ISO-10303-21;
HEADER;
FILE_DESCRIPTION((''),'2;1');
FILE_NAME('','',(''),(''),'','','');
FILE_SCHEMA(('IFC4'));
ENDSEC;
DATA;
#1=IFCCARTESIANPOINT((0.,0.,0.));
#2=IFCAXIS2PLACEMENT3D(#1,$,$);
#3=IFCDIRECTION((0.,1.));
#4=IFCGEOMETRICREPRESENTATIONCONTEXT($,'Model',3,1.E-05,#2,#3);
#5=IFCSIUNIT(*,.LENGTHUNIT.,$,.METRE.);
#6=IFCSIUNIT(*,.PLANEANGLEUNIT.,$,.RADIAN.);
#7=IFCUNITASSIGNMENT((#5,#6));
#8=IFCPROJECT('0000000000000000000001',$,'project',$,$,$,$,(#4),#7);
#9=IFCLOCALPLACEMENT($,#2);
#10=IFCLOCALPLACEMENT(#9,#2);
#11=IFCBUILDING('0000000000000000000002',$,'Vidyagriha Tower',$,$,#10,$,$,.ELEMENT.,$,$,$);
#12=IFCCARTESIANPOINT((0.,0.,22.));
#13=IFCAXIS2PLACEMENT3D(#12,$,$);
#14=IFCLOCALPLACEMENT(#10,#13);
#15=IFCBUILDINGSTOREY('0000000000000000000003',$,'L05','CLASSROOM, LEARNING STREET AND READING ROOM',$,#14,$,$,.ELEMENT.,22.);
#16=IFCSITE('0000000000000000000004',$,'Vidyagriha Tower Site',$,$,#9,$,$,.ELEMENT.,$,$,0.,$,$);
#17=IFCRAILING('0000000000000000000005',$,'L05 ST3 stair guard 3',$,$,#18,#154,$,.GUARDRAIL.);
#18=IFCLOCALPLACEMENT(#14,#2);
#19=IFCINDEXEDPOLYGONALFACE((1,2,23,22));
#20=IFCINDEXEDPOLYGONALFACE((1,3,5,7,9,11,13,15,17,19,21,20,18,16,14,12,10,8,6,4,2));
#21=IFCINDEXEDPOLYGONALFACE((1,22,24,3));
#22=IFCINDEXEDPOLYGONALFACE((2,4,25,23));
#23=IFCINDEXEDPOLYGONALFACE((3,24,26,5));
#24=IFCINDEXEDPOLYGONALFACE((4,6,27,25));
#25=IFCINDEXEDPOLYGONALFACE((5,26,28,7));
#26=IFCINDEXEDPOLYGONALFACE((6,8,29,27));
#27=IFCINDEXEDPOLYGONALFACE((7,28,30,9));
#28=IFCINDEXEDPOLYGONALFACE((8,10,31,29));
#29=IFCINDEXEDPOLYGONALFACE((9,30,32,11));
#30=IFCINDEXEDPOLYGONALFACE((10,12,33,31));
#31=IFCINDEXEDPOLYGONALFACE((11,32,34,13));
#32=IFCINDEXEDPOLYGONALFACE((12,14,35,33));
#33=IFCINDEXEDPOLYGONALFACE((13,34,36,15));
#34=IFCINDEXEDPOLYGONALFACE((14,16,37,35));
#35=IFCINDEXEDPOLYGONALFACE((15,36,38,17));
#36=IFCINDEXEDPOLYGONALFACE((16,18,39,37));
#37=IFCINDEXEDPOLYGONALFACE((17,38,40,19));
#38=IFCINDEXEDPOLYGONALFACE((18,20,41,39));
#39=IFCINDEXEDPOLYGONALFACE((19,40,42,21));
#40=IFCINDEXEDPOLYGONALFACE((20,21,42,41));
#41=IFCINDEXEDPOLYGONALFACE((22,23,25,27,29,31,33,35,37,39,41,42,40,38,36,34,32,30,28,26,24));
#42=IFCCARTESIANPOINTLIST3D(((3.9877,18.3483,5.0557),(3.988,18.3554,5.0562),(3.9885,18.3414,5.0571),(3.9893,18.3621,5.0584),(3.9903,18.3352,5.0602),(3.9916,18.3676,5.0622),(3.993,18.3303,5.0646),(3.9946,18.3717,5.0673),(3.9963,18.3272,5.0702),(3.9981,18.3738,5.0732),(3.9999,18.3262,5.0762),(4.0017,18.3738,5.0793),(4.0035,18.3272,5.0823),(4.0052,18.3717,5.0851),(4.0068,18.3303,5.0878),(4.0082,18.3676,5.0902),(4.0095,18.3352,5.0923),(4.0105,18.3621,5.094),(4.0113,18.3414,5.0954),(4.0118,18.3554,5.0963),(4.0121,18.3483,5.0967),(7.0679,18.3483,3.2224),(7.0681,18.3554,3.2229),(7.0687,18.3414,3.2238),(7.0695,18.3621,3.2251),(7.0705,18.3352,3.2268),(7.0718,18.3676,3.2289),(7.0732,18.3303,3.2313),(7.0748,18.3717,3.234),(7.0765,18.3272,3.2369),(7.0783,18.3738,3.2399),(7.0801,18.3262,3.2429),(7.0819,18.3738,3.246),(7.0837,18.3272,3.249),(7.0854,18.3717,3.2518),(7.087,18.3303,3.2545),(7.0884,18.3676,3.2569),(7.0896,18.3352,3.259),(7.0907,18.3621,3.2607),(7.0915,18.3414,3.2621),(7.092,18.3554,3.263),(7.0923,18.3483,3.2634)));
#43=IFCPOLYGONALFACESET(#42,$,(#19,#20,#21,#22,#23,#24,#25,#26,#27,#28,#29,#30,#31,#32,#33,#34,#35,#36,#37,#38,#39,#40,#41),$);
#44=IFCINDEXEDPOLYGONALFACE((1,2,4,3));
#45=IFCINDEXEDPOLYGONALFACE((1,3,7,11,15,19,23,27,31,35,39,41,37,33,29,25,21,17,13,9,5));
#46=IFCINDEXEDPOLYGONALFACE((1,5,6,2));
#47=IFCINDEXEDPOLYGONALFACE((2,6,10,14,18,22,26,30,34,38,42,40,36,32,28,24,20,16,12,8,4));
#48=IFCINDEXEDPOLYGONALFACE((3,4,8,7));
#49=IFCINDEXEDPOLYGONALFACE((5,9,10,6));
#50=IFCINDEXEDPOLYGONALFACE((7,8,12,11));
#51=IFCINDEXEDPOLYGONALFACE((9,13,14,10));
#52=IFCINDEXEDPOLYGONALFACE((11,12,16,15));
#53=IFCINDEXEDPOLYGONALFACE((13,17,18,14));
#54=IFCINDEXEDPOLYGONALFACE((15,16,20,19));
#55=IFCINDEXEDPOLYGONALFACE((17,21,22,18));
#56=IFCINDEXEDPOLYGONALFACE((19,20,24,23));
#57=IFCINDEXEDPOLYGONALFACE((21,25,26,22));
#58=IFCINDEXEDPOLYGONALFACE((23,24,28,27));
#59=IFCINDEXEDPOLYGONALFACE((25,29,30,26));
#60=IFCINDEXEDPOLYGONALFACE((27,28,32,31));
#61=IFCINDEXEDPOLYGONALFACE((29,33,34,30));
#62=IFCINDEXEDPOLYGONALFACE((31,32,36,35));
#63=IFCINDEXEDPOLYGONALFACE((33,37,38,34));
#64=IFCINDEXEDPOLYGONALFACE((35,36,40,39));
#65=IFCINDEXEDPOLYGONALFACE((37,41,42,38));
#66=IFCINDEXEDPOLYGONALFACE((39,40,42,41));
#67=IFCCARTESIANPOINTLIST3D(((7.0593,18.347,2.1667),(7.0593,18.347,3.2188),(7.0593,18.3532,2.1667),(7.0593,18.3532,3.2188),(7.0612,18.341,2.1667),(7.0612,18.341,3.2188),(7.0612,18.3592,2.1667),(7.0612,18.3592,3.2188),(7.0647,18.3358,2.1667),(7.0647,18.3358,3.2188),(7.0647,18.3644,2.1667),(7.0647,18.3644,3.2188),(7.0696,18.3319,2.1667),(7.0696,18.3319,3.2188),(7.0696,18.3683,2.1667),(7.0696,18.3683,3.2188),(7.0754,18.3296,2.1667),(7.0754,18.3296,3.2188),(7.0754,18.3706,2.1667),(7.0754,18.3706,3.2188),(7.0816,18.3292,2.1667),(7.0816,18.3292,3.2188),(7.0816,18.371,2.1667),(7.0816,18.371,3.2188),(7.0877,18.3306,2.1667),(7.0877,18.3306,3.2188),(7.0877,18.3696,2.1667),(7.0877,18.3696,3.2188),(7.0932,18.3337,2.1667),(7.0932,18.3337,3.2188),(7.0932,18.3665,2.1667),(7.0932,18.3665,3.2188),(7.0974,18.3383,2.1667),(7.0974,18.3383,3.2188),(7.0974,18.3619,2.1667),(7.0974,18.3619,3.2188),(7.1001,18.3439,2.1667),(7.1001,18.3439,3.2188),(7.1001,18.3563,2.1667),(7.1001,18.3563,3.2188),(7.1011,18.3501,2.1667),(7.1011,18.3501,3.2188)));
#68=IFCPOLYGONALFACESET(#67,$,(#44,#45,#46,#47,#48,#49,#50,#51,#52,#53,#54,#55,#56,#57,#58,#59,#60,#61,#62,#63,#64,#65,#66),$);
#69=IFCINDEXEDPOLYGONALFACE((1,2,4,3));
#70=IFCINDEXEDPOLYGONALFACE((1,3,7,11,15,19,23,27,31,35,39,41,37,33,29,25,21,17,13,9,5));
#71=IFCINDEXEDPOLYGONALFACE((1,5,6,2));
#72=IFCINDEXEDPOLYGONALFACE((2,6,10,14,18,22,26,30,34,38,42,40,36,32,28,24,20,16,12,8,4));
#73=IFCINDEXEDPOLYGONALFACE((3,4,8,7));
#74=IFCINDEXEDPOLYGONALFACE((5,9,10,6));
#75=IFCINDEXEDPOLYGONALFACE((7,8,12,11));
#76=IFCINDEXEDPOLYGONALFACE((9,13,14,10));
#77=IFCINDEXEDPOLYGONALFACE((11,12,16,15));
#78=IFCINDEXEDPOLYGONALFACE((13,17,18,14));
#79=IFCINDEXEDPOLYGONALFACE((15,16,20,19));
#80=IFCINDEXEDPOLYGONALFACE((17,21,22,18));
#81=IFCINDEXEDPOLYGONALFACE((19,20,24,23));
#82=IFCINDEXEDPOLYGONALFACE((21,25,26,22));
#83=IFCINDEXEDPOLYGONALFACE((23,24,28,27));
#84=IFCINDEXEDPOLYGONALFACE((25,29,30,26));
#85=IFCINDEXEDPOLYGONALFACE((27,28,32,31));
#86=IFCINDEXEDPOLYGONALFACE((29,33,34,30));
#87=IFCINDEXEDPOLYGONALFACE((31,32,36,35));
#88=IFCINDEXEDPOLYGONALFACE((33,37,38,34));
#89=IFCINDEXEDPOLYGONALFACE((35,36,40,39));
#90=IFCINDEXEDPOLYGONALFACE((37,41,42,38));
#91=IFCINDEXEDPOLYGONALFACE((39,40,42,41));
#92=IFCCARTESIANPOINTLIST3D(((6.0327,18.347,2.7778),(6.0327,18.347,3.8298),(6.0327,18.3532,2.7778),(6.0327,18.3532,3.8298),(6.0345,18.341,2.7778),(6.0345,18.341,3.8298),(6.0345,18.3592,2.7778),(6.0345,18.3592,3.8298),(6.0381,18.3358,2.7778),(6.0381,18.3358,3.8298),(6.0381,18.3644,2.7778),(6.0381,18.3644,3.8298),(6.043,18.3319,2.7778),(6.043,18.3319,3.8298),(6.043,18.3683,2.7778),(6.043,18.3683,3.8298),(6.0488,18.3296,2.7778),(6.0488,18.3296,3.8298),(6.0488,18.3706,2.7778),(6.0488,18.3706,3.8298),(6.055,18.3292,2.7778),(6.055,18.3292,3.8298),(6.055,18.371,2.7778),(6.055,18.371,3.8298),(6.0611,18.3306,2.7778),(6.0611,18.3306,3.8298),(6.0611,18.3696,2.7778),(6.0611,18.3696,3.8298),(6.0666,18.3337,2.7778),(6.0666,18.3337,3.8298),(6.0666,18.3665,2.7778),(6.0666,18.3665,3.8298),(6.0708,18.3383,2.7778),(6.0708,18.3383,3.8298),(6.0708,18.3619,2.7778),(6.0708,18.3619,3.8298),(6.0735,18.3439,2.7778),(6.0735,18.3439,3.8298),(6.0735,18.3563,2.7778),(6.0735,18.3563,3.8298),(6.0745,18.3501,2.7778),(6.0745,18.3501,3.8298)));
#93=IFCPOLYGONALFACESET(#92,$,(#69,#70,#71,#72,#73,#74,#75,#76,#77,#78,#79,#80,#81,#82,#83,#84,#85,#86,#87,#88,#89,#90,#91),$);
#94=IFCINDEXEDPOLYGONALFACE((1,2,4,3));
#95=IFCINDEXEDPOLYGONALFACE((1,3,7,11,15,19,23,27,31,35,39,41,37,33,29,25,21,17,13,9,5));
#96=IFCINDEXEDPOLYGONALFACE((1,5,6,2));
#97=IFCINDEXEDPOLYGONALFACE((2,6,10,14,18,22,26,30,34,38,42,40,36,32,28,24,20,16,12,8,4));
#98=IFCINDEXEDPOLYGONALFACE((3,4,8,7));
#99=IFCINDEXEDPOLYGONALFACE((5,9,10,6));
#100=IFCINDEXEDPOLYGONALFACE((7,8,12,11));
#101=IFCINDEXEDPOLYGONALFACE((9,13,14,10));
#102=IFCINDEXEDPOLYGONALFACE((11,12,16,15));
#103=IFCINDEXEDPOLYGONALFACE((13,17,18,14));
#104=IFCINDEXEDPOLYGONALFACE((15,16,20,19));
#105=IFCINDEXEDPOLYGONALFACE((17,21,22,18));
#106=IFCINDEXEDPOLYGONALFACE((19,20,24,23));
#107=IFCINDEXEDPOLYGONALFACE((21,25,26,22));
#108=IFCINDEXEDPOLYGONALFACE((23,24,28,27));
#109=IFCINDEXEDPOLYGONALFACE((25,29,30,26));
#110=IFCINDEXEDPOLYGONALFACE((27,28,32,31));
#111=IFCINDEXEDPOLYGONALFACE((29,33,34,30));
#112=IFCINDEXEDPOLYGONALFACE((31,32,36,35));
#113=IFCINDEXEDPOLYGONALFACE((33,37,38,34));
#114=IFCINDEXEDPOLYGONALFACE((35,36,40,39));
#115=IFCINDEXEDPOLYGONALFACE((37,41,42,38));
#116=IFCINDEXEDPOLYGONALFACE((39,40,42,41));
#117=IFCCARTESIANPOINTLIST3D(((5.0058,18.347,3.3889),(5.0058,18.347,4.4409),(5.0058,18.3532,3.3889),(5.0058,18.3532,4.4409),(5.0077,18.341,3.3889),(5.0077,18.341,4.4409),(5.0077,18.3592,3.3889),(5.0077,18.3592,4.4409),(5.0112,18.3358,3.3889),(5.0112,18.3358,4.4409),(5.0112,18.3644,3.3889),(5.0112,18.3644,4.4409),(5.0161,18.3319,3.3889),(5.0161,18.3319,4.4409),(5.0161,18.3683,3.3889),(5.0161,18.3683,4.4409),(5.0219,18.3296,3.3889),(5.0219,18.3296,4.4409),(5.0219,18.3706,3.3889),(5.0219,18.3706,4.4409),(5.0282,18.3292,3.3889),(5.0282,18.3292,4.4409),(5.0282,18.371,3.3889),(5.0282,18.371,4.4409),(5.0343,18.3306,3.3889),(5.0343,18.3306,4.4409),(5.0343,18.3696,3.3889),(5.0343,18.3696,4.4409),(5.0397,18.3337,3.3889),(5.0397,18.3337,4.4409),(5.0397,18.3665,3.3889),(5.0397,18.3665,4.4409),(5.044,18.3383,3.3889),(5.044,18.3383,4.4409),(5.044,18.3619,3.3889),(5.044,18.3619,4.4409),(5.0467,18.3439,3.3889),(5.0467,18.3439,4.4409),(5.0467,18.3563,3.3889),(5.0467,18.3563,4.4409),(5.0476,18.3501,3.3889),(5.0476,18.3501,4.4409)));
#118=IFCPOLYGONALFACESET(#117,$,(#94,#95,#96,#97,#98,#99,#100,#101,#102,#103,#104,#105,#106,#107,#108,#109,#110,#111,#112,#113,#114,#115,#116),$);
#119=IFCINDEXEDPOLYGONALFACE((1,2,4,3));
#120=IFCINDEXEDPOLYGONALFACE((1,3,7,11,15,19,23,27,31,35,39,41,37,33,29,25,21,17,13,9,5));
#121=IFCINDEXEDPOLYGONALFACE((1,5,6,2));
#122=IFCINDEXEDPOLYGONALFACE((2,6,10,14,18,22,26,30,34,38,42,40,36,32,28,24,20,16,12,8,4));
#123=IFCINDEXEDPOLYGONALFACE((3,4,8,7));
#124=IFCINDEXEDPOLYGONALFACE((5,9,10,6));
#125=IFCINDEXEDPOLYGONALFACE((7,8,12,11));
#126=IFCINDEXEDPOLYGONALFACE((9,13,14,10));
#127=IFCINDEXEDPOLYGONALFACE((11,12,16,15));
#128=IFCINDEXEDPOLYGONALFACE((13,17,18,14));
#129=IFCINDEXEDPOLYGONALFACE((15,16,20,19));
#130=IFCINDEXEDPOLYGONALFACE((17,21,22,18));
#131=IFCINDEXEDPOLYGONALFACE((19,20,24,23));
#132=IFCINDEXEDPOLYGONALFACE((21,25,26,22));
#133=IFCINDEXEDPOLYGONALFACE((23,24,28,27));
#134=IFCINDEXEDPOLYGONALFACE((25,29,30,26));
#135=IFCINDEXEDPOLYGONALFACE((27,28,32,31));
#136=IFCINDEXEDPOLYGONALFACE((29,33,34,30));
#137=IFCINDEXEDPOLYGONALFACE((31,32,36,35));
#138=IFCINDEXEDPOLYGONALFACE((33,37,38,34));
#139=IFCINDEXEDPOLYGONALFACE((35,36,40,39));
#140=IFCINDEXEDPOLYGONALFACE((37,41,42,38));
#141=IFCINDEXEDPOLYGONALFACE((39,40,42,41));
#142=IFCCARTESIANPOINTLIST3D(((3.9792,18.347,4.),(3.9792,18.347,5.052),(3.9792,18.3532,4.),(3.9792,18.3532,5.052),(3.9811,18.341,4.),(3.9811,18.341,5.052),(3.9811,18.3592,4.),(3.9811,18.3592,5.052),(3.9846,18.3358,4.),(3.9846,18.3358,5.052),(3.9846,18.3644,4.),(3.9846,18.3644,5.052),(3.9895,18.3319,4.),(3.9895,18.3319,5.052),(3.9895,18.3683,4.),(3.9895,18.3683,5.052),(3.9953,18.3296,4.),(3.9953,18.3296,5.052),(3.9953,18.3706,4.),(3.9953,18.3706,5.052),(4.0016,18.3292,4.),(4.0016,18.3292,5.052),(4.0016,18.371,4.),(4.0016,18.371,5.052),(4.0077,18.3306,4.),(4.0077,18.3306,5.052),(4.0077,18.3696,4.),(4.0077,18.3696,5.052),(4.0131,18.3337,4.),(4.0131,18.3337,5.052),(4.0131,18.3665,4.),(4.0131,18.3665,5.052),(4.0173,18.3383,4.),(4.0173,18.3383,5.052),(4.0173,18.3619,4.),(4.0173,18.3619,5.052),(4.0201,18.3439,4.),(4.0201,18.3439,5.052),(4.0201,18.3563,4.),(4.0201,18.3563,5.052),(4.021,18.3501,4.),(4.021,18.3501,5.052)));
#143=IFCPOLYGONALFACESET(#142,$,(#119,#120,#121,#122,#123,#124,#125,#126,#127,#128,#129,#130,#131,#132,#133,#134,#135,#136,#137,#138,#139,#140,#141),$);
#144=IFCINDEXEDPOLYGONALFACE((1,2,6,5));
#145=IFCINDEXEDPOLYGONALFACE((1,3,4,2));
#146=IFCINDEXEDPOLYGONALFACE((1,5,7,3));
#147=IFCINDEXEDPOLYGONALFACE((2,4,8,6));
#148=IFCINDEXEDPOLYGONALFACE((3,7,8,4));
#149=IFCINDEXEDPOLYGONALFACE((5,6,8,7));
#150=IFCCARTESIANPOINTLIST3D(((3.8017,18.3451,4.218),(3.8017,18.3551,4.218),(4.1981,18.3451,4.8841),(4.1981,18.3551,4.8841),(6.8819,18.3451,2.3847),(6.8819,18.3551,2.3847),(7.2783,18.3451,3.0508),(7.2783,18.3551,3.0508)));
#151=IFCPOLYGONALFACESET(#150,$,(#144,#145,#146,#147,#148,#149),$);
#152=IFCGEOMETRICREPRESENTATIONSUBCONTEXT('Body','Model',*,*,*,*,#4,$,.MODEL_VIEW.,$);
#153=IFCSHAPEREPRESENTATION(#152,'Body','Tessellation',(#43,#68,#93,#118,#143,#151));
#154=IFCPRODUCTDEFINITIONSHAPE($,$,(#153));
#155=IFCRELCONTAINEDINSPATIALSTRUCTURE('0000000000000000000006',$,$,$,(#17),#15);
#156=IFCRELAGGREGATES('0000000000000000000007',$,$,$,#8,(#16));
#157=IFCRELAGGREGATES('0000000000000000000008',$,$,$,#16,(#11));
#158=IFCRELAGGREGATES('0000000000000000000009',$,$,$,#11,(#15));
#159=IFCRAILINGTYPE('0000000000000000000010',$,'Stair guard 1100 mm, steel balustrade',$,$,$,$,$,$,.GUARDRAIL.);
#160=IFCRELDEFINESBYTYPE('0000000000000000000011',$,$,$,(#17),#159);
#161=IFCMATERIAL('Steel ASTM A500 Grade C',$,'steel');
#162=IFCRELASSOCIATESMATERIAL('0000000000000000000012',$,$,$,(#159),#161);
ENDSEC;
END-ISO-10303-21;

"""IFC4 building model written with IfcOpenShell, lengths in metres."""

from ifc_helpers import new_model, si_unit, direction, frame, origin, origin_2d, place, context, subcontext, project, spatial, rectangle, circle, extrude, material, type_object, element, save


model = new_model("IFC4")

# Units and contexts
model_context = context("Model", 3, precision=1e-05, world=origin(), true_north=direction((0.0, 1.0)))
body_context = subcontext(model_context, "Body", "Model", "MODEL_VIEW")
ifc_project = project(units=[si_unit("LENGTHUNIT", "METRE"), si_unit("PLANEANGLEUNIT", "RADIAN")], contexts=[model_context])

# Site, building, storey
site_placement = place(None, origin())
site = spatial("IfcSite", under=ifc_project, at=site_placement, Name="Vidyagriha Tower Site", CompositionType="ELEMENT", RefElevation=0.0)
building_placement = place(site_placement, origin())
building = spatial("IfcBuilding", under=site, at=building_placement, Name="Vidyagriha Tower", CompositionType="ELEMENT")
storey_placement = place(building_placement, frame((0.0, 0.0, 22.0)))
storey = spatial("IfcBuildingStorey", under=building, at=storey_placement, Name="L05", Description="CLASSROOM, LEARNING STREET AND READING ROOM", CompositionType="ELEMENT", Elevation=22.0)

# Railing
ifc_material_1 = material(Name="Steel ASTM A500 Grade C", Category="steel")
railing_type_1 = type_object("IfcRailingType", Name="Stair guard 1100 mm, steel balustrade", PredefinedType="GUARDRAIL", material=ifc_material_1)
railing_1_placement = place(storey_placement, frame((7.0801, 18.3501, 2.1667)))
element("IfcRailing", 1, at=railing_1_placement, inside=storey, type_object=railing_type_1, Name="L05 ST3 stair guard 3", PredefinedType="GUARDRAIL", context=body_context, shape_type="SweptSolid", body=[
    extrude(circle(Radius=0.0239, at=origin_2d()), frame((0.0, 0.0, 1.0762), z_axis=(-0.859309, 0.0, 0.511458), x_axis=(0.0, -1.0, 0.0)), (0.0, 0.0, 1.0), 3.5845),
    extrude(circle(Radius=0.021, at=origin_2d()), origin(), (0.0, 0.0, 1.0), 1.052),
    extrude(circle(Radius=0.021, at=origin_2d()), frame((-1.0266, 0.0, 0.6111)), (0.0, 0.0, 1.0), 1.052),
    extrude(circle(Radius=0.021, at=origin_2d()), frame((-2.0535, 0.0, 1.2222)), (0.0, 0.0, 1.0), 1.052),
    extrude(circle(Radius=0.021, at=origin_2d()), frame((-3.0801, 0.0, 1.8333)), (0.0, 0.0, 1.0), 1.052),
    extrude(rectangle(XDim=0.01, YDim=0.7751, at=origin_2d()), frame((0.0, 0.0, 0.551), z_axis=(-0.859309, 0.0, 0.511458), x_axis=(0.0, -1.0, 0.0)), (0.0, 0.0, 1.0), 3.5845),
])

save(model, "model.ifc")
